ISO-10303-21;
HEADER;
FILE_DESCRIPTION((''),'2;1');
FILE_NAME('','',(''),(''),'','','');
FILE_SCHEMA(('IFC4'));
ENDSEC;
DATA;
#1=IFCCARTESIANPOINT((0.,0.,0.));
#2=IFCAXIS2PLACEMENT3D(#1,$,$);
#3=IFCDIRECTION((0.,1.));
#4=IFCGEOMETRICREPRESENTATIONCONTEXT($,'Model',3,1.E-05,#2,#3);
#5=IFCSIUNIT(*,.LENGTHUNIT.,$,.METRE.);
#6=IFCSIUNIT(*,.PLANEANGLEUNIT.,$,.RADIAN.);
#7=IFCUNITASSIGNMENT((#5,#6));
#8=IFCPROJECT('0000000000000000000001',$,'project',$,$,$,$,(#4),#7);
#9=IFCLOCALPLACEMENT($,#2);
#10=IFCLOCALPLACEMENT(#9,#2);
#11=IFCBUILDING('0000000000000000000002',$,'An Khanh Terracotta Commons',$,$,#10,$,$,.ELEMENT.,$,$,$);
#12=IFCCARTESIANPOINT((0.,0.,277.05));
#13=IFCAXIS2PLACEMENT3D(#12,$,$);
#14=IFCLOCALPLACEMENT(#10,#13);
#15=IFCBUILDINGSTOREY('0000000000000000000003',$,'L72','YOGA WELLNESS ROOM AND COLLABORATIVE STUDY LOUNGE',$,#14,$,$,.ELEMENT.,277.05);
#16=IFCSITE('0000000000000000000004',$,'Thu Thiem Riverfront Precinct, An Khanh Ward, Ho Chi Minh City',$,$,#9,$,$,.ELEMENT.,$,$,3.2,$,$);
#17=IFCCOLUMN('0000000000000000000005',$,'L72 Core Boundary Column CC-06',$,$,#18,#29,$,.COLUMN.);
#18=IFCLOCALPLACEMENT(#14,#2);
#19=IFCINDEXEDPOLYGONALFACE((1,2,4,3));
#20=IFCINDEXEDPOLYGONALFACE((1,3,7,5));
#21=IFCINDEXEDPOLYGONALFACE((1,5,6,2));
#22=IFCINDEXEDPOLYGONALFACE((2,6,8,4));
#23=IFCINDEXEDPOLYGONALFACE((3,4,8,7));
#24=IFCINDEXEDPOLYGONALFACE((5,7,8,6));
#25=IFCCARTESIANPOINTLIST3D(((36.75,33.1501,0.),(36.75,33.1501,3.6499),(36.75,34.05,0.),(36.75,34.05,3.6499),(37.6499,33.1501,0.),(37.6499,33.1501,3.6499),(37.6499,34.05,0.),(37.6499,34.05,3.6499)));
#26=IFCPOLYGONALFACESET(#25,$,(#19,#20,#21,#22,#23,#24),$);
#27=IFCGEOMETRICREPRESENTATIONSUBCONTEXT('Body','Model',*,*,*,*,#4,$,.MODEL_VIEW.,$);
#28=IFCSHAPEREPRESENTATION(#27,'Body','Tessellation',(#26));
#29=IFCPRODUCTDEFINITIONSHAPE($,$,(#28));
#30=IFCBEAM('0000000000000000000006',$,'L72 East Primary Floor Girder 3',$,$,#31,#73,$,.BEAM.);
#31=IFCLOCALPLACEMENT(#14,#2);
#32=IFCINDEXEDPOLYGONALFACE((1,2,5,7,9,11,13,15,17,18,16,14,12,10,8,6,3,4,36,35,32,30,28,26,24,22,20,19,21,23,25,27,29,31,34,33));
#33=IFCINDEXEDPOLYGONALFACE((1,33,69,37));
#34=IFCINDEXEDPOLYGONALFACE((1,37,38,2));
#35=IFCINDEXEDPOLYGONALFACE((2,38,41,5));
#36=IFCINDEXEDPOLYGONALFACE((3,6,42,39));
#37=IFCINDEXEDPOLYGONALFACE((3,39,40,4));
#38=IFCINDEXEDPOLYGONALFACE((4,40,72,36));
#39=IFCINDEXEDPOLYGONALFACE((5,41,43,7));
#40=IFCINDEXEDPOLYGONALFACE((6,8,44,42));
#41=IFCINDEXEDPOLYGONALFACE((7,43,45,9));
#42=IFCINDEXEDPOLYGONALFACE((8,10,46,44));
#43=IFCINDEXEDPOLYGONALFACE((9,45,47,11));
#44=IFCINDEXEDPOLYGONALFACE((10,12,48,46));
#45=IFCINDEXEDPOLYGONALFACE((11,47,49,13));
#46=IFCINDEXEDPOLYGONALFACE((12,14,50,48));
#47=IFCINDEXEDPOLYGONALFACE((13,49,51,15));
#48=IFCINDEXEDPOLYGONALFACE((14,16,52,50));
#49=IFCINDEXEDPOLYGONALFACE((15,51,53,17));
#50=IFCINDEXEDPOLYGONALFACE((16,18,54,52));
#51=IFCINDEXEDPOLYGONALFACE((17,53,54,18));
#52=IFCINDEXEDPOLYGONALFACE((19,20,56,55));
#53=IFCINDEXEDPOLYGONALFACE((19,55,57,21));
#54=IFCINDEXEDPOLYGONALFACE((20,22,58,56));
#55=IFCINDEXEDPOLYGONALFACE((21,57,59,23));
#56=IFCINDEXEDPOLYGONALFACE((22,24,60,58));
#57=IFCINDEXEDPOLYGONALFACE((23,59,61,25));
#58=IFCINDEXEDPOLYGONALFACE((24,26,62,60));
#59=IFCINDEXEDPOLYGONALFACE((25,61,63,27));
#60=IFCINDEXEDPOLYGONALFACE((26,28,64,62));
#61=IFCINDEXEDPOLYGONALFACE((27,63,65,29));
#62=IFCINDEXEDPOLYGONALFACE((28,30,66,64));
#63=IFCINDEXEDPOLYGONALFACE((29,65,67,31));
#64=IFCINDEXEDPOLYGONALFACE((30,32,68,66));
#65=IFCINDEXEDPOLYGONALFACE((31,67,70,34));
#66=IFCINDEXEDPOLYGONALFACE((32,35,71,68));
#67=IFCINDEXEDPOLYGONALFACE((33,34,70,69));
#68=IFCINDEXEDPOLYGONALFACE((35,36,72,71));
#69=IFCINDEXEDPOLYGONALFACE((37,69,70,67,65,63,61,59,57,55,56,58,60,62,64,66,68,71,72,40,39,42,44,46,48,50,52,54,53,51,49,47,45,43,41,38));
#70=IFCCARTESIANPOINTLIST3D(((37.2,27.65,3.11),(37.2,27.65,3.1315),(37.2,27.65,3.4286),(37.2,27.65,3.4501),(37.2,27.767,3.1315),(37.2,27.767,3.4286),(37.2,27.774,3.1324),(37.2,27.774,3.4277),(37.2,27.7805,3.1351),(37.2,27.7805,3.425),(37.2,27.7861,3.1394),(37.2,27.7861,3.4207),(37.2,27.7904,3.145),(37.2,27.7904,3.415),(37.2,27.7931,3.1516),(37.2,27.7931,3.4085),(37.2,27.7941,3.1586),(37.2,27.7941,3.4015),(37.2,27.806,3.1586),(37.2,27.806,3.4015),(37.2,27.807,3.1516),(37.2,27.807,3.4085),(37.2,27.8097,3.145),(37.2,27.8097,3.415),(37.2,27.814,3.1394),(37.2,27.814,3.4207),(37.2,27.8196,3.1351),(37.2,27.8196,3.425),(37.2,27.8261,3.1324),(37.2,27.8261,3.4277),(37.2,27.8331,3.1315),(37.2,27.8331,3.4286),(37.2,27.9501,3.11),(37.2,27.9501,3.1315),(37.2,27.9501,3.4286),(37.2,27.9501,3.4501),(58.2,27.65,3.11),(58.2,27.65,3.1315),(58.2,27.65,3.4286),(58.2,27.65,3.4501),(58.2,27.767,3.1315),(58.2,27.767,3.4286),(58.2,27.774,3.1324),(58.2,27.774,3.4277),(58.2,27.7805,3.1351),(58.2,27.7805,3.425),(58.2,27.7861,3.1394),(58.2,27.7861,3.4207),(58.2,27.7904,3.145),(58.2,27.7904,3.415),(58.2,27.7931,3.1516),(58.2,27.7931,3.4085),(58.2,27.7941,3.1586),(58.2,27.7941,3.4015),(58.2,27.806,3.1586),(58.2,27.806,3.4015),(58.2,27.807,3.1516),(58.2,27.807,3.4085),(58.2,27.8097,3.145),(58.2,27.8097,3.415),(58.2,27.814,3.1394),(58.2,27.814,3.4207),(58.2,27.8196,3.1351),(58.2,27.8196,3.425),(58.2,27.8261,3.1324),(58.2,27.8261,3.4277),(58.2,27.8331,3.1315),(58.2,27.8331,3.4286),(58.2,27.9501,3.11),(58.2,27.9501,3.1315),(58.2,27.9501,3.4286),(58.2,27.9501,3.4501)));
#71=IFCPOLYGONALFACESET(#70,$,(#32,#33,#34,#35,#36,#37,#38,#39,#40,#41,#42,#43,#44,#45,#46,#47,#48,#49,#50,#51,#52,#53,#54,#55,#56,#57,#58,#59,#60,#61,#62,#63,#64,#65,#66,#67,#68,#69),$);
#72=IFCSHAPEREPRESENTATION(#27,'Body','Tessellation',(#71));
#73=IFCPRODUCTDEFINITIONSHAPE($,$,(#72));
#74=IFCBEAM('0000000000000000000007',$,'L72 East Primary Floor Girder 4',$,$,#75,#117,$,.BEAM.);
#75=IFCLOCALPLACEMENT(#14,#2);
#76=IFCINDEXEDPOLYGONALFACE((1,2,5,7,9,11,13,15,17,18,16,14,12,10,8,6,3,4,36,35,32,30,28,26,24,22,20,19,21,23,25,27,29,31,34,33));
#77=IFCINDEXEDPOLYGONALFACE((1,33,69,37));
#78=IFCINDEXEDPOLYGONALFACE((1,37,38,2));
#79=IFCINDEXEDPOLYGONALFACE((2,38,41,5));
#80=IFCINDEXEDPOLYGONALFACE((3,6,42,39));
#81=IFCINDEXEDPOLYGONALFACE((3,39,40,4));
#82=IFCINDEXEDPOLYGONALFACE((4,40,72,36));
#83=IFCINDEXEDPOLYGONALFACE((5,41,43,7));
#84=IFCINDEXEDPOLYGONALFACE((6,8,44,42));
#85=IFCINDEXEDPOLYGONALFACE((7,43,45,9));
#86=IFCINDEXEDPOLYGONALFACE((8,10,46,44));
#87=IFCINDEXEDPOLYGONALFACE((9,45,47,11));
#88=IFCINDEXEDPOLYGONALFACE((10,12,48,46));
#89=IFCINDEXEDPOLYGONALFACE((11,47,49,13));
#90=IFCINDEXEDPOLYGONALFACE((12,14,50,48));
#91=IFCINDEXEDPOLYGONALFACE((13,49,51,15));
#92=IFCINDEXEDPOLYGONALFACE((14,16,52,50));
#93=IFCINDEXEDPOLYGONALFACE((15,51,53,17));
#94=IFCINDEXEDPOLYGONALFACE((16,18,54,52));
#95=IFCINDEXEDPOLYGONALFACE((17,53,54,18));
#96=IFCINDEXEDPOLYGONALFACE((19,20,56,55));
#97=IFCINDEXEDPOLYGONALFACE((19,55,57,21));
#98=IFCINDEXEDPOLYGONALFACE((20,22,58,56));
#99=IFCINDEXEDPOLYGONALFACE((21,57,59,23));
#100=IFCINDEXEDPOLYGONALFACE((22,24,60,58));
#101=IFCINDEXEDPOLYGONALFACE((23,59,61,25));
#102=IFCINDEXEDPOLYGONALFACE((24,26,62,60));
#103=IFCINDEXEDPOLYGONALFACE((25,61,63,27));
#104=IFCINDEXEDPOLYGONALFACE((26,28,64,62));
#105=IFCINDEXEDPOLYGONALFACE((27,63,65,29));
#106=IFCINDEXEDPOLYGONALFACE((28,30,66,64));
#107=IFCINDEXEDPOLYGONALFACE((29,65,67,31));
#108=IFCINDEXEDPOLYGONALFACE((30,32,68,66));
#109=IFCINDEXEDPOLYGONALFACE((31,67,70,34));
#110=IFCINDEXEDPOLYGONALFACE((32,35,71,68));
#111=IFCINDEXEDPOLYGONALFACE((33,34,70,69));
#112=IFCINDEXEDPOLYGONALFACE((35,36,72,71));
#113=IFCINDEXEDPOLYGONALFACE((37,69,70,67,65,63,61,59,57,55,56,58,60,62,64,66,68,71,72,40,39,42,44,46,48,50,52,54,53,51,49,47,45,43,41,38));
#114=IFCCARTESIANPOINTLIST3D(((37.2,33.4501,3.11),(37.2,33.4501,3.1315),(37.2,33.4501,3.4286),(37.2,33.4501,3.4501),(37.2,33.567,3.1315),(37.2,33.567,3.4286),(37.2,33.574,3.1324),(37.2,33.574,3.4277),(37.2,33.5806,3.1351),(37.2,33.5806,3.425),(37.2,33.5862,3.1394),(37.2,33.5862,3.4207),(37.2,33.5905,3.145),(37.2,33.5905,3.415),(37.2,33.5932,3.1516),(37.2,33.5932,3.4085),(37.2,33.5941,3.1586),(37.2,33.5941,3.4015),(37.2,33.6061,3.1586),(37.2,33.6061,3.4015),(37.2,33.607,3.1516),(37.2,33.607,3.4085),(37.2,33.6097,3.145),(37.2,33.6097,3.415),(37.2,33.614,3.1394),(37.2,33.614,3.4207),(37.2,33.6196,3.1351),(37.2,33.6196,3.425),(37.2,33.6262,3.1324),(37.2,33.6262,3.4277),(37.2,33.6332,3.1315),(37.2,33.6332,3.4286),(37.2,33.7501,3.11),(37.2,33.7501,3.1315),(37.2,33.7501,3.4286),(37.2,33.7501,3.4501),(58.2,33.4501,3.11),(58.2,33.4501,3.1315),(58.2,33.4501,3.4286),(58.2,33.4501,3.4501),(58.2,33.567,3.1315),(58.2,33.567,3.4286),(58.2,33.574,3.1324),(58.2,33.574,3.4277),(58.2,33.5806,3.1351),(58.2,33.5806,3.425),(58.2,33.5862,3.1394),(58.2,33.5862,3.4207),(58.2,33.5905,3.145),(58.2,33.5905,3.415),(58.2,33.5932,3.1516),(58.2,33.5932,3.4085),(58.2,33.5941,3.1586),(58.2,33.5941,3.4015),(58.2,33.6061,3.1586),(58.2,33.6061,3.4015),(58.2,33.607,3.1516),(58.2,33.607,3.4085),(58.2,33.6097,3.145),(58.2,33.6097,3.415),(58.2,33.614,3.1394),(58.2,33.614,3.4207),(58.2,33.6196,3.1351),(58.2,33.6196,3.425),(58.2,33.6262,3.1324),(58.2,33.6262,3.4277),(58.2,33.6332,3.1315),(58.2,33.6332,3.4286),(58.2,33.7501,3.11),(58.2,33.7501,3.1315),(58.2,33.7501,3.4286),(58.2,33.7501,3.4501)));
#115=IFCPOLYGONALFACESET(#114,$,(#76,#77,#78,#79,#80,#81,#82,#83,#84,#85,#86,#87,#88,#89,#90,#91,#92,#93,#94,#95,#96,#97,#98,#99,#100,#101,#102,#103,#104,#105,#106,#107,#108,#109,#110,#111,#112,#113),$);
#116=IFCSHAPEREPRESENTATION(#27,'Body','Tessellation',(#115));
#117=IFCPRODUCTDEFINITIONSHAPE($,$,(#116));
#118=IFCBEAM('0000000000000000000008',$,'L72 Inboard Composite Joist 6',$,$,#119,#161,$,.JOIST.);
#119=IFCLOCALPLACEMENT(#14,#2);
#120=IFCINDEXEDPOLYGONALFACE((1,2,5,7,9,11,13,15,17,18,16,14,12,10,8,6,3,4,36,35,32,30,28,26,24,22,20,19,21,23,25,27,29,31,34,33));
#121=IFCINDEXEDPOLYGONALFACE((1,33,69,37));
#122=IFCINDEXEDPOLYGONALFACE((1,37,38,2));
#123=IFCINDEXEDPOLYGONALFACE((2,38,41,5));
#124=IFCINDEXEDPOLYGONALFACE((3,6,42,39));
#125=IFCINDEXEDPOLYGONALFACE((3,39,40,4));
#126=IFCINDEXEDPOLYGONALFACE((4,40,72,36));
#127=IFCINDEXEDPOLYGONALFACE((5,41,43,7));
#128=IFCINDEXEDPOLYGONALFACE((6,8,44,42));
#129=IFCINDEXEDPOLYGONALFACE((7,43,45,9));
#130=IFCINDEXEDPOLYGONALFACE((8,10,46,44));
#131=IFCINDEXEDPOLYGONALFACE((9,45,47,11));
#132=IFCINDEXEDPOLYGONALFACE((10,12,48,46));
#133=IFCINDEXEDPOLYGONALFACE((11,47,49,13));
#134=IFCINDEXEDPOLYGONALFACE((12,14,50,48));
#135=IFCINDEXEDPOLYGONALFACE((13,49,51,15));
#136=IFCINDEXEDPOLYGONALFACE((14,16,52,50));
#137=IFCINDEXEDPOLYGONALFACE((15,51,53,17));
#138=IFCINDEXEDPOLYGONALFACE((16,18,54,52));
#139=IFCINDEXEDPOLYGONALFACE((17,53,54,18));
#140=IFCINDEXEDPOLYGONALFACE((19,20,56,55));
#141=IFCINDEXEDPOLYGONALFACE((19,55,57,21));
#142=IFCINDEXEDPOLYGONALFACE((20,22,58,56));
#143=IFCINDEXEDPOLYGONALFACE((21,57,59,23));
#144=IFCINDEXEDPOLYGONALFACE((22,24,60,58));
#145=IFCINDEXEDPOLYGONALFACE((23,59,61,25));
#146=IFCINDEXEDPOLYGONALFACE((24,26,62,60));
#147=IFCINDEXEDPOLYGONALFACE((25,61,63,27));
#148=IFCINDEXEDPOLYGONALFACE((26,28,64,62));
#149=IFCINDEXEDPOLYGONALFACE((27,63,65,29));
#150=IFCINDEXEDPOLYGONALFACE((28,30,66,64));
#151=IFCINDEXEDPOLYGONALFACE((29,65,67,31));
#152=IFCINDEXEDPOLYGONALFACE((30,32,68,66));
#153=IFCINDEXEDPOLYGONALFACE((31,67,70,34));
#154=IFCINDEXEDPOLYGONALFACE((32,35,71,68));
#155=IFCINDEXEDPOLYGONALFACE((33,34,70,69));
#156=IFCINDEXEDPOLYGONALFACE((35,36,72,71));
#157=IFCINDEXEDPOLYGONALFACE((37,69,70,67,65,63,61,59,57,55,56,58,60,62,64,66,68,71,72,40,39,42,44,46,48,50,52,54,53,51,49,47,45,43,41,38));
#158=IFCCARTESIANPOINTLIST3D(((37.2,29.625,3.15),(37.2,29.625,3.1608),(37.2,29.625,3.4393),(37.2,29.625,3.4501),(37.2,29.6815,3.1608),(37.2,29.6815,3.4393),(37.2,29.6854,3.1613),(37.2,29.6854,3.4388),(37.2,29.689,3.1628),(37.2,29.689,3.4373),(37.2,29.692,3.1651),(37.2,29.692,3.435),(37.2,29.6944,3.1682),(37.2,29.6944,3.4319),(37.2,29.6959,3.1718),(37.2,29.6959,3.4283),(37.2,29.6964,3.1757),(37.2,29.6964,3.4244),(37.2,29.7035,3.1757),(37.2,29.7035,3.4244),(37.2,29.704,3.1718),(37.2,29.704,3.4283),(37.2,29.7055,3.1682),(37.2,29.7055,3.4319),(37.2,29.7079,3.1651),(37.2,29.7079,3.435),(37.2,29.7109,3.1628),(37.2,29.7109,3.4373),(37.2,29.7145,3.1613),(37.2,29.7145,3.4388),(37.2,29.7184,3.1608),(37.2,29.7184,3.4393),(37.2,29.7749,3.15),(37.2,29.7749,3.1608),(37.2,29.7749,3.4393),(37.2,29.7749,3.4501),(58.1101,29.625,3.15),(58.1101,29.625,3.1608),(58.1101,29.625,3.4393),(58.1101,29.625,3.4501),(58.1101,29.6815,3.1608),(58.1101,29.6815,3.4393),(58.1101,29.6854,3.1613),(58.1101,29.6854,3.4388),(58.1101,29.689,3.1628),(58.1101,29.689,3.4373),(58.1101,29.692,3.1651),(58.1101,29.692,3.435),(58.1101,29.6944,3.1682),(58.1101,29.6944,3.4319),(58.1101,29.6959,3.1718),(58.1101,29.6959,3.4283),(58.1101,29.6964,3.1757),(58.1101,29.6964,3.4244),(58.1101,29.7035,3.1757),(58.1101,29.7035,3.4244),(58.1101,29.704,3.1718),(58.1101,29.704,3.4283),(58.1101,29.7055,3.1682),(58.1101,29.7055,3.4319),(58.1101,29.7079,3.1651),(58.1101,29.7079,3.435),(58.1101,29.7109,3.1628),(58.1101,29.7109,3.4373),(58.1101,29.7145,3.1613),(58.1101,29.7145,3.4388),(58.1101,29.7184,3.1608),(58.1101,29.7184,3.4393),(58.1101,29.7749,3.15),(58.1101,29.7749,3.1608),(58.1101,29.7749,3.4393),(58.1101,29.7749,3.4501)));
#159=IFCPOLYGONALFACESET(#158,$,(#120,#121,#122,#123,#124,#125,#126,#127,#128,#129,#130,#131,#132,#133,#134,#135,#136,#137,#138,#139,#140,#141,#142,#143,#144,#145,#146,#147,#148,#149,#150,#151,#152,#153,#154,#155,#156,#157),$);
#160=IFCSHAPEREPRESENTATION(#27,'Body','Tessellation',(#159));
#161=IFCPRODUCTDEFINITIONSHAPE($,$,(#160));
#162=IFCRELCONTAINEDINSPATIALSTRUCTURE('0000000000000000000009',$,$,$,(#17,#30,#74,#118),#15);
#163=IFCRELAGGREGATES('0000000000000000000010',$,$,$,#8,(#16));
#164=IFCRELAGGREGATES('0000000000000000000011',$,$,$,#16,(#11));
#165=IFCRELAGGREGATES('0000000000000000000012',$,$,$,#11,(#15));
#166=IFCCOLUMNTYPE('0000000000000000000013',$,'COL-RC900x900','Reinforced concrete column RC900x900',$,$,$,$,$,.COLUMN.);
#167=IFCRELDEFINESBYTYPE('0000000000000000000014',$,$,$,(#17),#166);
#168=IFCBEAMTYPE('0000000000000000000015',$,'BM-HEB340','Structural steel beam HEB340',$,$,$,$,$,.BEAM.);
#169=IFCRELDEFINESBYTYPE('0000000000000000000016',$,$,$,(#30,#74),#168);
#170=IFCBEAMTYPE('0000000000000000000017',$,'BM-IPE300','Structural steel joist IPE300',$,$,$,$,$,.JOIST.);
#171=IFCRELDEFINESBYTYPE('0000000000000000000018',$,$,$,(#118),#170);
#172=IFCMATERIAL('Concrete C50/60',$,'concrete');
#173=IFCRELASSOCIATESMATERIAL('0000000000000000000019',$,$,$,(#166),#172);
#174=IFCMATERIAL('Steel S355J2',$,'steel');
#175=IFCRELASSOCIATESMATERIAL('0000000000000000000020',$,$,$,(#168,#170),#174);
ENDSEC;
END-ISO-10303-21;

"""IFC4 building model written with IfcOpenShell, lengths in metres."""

from ifc_helpers import new_model, si_unit, direction, frame, origin, origin_2d, place, context, subcontext, project, spatial, rectangle, i_section, extrude, material, material_profile, profile_set, type_object, element, save


model = new_model("IFC4")

# Units and contexts
model_context = context("Model", 3, precision=1e-05, world=origin(), true_north=direction((0.0, 1.0)))
body_context = subcontext(model_context, "Body", "Model", "MODEL_VIEW")
ifc_project = project(units=[si_unit("LENGTHUNIT", "METRE"), si_unit("PLANEANGLEUNIT", "RADIAN")], contexts=[model_context])

# Site, building, storey
site_placement = place(None, origin())
site = spatial("IfcSite", under=ifc_project, at=site_placement, Name="Thu Thiem Riverfront Precinct, An Khanh Ward, Ho Chi Minh City", CompositionType="ELEMENT", RefElevation=3.2)
building_placement = place(site_placement, origin())
building = spatial("IfcBuilding", under=site, at=building_placement, Name="An Khanh Terracotta Commons", CompositionType="ELEMENT")
storey_placement = place(building_placement, frame((0.0, 0.0, 277.05)))
storey = spatial("IfcBuildingStorey", under=building, at=storey_placement, Name="L72", Description="YOGA WELLNESS ROOM AND COLLABORATIVE STUDY LOUNGE", CompositionType="ELEMENT", Elevation=277.05)

# Column
ifc_material_1 = material(Name="Concrete C50/60", Category="concrete")
ifc_material_profile_1 = material_profile(ifc_material_1, rectangle(XDim=0.8999, YDim=0.8999, at=origin_2d()), Name="RC900x900")
ifc_profile_set_1 = profile_set([ifc_material_profile_1], Name="Concrete C50/60")
column_type = type_object("IfcColumnType", Name="COL-RC900x900", Description="Reinforced concrete column RC900x900", PredefinedType="COLUMN", material=ifc_profile_set_1)
column_placement = place(storey_placement, frame((37.2, 33.6001, 0.0), z_axis=(0.0, 0.0, 1.0), x_axis=(1.0, 0.0, 0.0)))
element("IfcColumn", 1, at=column_placement, inside=storey, type_object=column_type, Name="L72 Core Boundary Column CC-06", PredefinedType="COLUMN", context=body_context, shape_type="SweptSolid", body=[
    extrude(rectangle(XDim=0.8999, YDim=0.8999, at=origin_2d()), origin(), (0.0, 0.0, 1.0), 3.6499),
])

# Beams
ifc_material_2 = material(Name="Steel S355J2", Category="steel")
ifc_material_profile_2 = material_profile(ifc_material_2, i_section(OverallWidth=0.3, OverallDepth=0.3401, WebThickness=0.012, FlangeThickness=0.0215, FilletRadius=0.0271, at=origin_2d()), Name="HEB340")
ifc_profile_set_2 = profile_set([ifc_material_profile_2], Name="Steel S355J2")
beam_type_1 = type_object("IfcBeamType", Name="BM-HEB340", Description="Structural steel beam HEB340", PredefinedType="BEAM", material=ifc_profile_set_2)
for number, where, z_axis, x_axis, name in (
    (2, (37.2, 27.8, 3.28), (1.0, 0.0, 0.0), (0.0, 1.0, 0.0), "L72 East Primary Floor Girder 3"),
    (3, (37.2, 33.6001, 3.28), (1.0, 0.0, 0.0), (0.0, 1.0, 0.0), "L72 East Primary Floor Girder 4"),
):
    element("IfcBeam", number, at=place(storey_placement, frame(where, z_axis=z_axis, x_axis=x_axis)), inside=storey, type_object=beam_type_1, Name=name, PredefinedType="BEAM", context=body_context, shape_type="SweptSolid", body=[
        extrude(i_section(OverallWidth=0.3, OverallDepth=0.3401, WebThickness=0.012, FlangeThickness=0.0215, FilletRadius=0.0271, at=origin_2d()), origin(), (0.0, 0.0, 1.0), 21.0),
    ])
ifc_material_profile_3 = material_profile(ifc_material_2, i_section(OverallWidth=0.1499, OverallDepth=0.3, WebThickness=0.0071, FlangeThickness=0.0107, FilletRadius=0.0149, at=origin_2d()), Name="IPE300")
ifc_profile_set_3 = profile_set([ifc_material_profile_3], Name="Steel S355J2")
beam_type_2 = type_object("IfcBeamType", Name="BM-IPE300", Description="Structural steel joist IPE300", PredefinedType="JOIST", material=ifc_profile_set_3)
for number, where, z_axis, x_axis, name in (
    (4, (37.2, 29.7, 3.3), (1.0, 0.0, 0.0), (0.0, 1.0, 0.0), "L72 Inboard Composite Joist 6"),
):
    element("IfcBeam", number, at=place(storey_placement, frame(where, z_axis=z_axis, x_axis=x_axis)), inside=storey, type_object=beam_type_2, Name=name, PredefinedType="JOIST", context=body_context, shape_type="SweptSolid", body=[
        extrude(i_section(OverallWidth=0.1499, OverallDepth=0.3, WebThickness=0.0071, FlangeThickness=0.0107, FilletRadius=0.0149, at=origin_2d()), origin(), (0.0, 0.0, 1.0), 20.9102),
    ])

save(model, "model.ifc")
